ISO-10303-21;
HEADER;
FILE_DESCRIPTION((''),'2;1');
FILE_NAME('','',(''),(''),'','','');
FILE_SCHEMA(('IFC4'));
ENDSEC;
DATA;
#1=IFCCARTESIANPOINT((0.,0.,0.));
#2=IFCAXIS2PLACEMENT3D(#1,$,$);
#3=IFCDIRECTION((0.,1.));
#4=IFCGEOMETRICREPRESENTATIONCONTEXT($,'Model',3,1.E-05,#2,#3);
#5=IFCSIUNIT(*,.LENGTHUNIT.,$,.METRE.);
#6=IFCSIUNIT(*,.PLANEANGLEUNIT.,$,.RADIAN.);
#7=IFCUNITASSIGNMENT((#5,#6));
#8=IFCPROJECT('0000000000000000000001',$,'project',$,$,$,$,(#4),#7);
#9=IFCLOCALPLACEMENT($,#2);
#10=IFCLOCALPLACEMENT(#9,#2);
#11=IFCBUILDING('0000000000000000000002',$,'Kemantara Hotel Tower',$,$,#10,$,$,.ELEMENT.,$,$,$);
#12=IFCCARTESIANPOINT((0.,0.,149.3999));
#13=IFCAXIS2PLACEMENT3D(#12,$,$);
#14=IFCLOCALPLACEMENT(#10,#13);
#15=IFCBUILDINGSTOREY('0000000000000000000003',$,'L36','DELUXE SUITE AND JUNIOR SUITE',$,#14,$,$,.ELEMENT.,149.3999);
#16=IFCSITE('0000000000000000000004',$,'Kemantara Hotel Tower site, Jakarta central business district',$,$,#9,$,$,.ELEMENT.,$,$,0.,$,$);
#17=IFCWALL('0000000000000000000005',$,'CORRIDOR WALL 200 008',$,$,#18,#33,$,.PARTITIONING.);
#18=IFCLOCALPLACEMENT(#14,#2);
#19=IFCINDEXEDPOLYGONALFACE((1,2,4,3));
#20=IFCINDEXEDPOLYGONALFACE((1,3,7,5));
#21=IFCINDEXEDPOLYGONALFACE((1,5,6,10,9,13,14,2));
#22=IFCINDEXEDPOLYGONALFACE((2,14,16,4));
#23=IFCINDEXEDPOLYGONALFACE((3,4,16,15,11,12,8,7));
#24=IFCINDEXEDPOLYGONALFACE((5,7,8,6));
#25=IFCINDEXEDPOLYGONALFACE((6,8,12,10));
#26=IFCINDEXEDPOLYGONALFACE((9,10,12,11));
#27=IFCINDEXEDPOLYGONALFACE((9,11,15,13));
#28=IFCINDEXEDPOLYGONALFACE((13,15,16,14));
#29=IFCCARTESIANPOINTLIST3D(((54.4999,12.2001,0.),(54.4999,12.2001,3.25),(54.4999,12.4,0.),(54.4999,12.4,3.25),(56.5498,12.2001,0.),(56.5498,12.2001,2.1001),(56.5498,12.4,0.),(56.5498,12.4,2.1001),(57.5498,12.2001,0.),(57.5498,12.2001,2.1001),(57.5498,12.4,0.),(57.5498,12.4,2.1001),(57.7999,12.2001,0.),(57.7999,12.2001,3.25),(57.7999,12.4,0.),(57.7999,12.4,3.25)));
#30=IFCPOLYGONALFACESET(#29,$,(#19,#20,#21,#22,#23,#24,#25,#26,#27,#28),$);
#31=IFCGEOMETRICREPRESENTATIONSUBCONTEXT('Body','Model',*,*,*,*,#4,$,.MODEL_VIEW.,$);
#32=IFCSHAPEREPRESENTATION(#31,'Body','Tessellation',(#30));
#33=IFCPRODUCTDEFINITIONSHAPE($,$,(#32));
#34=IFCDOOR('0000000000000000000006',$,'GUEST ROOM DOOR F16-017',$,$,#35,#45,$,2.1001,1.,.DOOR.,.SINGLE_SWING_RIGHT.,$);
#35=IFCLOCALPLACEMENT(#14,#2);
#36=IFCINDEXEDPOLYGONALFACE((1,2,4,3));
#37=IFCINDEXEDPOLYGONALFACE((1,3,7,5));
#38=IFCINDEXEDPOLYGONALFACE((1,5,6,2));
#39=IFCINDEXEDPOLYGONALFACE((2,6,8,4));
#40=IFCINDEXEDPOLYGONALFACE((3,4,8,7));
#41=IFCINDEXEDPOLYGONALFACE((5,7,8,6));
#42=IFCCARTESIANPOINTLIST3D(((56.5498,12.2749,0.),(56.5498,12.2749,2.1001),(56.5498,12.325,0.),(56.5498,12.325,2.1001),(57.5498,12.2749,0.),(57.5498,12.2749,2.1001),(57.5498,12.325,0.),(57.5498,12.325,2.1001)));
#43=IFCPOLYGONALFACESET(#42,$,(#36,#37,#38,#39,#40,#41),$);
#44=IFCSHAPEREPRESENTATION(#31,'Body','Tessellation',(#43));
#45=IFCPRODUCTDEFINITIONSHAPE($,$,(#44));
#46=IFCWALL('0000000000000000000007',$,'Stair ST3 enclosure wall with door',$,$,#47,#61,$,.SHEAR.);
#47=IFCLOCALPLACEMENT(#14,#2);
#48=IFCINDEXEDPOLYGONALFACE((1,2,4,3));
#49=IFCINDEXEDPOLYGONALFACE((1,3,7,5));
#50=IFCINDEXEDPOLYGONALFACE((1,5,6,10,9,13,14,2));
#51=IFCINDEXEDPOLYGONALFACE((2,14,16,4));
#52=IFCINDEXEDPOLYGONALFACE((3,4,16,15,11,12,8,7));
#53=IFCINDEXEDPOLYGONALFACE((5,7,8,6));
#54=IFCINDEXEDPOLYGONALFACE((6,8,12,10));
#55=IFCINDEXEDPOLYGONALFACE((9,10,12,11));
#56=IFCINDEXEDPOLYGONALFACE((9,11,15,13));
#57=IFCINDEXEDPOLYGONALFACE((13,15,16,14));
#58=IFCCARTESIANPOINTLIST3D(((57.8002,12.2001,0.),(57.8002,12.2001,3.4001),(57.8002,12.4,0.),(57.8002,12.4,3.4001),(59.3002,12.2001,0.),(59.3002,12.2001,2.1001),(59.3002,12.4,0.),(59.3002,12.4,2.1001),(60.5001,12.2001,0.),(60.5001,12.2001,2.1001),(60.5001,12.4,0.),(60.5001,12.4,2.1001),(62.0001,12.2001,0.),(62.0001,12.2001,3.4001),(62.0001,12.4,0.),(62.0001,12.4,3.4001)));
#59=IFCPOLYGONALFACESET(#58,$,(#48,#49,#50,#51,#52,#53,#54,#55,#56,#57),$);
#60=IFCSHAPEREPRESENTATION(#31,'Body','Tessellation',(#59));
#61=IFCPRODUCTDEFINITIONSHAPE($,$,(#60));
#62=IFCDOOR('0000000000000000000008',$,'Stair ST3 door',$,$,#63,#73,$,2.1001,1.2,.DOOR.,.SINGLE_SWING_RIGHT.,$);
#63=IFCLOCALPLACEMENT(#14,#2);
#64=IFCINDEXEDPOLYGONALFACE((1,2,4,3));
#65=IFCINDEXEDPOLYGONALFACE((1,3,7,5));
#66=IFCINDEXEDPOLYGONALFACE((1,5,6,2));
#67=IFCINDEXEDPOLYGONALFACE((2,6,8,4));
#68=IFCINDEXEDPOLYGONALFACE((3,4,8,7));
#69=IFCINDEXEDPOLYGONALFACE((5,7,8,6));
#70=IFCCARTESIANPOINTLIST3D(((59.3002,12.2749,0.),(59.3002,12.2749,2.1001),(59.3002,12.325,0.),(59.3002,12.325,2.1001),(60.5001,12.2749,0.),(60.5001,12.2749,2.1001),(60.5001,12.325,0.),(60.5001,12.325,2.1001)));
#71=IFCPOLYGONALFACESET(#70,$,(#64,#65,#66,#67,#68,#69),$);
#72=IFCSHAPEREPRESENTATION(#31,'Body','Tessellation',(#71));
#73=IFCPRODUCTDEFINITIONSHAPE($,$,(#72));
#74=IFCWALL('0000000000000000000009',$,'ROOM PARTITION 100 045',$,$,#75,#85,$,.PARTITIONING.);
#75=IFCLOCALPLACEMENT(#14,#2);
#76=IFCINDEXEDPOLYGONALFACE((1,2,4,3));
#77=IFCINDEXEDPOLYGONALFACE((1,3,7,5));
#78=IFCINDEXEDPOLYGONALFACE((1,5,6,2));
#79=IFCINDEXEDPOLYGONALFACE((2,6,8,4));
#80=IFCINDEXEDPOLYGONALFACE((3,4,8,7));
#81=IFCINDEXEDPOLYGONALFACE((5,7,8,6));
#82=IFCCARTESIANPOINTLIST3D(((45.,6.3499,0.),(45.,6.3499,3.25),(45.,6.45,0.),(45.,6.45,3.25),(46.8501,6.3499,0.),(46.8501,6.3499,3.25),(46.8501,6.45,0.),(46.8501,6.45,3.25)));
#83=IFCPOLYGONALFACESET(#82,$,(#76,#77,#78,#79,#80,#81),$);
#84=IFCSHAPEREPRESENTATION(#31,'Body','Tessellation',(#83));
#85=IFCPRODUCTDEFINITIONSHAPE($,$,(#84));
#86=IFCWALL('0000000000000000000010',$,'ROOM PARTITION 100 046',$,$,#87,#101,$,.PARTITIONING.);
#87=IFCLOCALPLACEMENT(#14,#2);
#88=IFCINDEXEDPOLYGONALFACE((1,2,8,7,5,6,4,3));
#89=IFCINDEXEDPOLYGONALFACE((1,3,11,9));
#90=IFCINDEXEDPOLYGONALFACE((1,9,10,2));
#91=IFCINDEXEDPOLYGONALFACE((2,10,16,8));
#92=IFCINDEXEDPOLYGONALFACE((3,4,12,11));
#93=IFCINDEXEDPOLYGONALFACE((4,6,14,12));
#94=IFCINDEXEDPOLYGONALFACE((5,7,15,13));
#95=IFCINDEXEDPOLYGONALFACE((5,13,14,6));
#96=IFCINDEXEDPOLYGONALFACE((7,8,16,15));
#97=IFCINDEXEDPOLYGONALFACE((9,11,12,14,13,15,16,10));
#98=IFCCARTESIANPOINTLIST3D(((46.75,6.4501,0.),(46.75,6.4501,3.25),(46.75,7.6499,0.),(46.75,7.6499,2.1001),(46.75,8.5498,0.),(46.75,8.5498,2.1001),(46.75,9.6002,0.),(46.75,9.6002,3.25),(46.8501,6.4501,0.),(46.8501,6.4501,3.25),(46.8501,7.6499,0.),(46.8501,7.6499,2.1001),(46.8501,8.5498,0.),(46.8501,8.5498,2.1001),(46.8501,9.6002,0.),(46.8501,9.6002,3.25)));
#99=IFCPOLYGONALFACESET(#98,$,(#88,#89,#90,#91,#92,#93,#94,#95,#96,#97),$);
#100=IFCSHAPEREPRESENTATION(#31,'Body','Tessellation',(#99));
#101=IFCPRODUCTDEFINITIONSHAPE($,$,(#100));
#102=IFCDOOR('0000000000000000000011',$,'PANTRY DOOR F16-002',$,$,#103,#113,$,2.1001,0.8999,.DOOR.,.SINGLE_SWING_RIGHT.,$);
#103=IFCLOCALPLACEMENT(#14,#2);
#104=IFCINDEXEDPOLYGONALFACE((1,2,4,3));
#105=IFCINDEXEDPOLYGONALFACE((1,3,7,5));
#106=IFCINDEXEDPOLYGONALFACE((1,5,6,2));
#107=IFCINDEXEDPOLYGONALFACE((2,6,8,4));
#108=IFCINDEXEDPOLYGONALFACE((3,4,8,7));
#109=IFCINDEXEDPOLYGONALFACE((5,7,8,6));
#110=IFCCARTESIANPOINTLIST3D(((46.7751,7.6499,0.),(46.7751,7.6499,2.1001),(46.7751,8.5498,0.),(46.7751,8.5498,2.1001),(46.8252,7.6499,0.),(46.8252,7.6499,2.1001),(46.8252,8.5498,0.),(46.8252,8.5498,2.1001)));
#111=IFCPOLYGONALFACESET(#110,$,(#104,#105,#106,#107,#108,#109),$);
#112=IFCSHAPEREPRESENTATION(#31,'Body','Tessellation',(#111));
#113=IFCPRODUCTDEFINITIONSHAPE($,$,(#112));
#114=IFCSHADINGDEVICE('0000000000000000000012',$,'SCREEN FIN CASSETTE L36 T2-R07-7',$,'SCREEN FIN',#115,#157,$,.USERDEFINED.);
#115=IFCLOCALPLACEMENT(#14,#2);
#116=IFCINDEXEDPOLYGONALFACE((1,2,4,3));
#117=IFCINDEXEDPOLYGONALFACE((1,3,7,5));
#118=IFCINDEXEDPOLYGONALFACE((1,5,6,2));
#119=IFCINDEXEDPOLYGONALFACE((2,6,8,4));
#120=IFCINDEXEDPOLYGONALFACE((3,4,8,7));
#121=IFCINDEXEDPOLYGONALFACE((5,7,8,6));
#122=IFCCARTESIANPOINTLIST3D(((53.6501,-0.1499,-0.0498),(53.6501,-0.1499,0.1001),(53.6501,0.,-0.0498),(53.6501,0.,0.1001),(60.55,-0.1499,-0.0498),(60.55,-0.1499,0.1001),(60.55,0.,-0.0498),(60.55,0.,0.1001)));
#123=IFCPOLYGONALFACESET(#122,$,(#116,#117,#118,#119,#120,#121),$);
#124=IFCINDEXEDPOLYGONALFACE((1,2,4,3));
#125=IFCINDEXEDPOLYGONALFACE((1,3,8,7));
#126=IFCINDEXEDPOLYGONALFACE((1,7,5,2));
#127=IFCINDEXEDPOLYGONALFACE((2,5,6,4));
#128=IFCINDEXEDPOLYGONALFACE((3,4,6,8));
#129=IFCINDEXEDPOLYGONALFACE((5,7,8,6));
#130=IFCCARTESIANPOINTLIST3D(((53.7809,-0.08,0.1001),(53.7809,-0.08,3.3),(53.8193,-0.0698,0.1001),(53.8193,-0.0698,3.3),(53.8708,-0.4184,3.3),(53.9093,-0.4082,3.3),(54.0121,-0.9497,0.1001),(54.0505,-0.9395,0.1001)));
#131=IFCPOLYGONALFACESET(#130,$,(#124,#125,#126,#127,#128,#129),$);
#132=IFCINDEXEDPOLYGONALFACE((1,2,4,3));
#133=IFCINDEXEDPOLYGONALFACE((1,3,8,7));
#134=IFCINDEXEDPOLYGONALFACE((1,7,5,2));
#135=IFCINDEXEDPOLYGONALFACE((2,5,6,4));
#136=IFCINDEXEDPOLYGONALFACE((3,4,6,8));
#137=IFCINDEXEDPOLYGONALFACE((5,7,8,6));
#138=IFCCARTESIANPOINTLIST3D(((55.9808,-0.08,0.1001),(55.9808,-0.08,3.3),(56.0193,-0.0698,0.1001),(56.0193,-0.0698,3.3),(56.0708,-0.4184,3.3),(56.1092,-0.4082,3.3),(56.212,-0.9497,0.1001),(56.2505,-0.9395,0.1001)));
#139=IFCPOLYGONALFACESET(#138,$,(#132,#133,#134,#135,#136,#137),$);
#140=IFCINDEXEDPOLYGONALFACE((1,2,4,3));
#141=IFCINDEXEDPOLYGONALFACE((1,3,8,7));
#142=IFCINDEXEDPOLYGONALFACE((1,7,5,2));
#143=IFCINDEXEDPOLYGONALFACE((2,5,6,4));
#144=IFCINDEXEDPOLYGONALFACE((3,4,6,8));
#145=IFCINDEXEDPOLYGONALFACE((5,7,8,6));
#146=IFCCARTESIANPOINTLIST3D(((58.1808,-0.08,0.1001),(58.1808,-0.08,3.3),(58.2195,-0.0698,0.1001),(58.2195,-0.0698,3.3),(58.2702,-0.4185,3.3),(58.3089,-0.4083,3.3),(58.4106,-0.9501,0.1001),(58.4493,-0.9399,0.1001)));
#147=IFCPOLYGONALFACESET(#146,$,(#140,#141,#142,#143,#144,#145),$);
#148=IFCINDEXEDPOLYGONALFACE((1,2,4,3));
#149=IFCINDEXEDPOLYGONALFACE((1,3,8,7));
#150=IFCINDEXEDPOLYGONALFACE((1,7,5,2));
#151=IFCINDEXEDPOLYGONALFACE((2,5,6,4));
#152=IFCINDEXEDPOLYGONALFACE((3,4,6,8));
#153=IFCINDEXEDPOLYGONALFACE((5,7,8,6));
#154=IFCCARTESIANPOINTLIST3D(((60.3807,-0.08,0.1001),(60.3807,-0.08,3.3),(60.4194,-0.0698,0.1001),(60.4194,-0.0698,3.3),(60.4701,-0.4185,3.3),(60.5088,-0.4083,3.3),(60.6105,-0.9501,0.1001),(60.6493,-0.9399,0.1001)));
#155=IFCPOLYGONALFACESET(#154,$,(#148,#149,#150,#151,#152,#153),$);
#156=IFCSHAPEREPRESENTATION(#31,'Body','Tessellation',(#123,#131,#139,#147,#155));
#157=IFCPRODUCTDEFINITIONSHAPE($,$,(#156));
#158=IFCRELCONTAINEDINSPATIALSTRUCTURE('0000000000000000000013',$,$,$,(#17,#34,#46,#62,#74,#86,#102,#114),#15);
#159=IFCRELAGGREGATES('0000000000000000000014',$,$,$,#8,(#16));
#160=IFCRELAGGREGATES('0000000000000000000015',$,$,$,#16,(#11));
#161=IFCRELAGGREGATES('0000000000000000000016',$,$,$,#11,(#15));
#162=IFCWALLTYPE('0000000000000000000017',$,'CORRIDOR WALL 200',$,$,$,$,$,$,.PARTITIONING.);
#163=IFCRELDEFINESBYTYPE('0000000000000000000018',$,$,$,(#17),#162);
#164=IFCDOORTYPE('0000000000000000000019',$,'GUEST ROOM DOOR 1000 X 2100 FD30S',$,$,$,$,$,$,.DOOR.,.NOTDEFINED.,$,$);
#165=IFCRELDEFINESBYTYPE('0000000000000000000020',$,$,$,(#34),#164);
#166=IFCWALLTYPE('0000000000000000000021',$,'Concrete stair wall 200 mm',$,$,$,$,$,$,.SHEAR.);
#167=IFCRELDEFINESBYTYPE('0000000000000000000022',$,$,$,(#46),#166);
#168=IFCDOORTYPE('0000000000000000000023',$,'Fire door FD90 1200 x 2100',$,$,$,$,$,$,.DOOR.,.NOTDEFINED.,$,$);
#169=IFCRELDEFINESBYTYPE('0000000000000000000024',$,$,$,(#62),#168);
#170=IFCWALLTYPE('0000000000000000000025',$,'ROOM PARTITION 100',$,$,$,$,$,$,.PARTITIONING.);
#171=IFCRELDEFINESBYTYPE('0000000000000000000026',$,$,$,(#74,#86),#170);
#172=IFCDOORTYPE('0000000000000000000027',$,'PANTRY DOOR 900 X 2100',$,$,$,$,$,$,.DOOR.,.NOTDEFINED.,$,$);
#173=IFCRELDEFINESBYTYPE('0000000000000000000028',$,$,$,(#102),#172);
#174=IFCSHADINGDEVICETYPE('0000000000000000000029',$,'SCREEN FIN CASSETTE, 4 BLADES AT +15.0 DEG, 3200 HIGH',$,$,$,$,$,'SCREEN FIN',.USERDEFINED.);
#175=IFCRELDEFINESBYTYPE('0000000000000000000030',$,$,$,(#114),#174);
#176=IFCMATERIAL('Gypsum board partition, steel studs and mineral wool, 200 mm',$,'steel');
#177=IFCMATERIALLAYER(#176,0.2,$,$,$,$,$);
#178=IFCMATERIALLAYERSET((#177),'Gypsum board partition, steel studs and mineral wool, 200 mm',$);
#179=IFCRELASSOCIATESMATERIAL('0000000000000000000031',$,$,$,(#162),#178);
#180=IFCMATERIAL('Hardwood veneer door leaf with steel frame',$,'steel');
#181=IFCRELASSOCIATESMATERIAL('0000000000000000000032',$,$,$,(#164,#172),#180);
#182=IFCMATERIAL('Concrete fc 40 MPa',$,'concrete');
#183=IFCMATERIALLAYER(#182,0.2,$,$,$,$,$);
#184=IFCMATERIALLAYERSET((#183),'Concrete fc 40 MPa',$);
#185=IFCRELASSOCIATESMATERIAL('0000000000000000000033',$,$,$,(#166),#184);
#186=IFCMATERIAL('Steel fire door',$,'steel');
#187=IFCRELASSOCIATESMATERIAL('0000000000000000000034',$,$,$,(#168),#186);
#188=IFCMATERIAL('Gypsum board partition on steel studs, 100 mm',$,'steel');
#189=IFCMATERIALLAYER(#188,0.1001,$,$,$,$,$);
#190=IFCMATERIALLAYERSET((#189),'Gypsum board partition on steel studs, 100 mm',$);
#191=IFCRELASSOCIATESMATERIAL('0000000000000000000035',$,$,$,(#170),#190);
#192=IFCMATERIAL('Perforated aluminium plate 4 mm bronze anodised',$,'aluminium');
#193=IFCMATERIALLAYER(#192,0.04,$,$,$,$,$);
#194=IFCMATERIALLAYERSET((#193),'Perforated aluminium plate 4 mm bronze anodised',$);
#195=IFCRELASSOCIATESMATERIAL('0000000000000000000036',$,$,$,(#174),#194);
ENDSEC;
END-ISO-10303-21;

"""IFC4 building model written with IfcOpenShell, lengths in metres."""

from ifc_helpers import new_model, si_unit, direction, frame, frame_2d, origin, origin_2d, place, context, subcontext, project, spatial, polyline, rectangle, outline, extrude, source, transform, mapped, material, layer, layer_set, type_object, element, fill, save


model = new_model("IFC4")

# Units and contexts
model_context = context("Model", 3, precision=1e-05, world=origin(), true_north=direction((0.0, 1.0)))
body_context = subcontext(model_context, "Body", "Model", "MODEL_VIEW")
ifc_project = project(units=[si_unit("LENGTHUNIT", "METRE"), si_unit("PLANEANGLEUNIT", "RADIAN")], contexts=[model_context])

# Site, building, storey
site_placement = place(None, origin())
site = spatial("IfcSite", under=ifc_project, at=site_placement, Name="Kemantara Hotel Tower site, Jakarta central business district", CompositionType="ELEMENT", RefElevation=0.0)
building_placement = place(site_placement, origin())
building = spatial("IfcBuilding", under=site, at=building_placement, Name="Kemantara Hotel Tower", CompositionType="ELEMENT")
storey_placement = place(building_placement, frame((0.0, 0.0, 149.3999)))
storey = spatial("IfcBuildingStorey", under=building, at=storey_placement, Name="L36", Description="DELUXE SUITE AND JUNIOR SUITE", CompositionType="ELEMENT", Elevation=149.3999)

# Shared definitions
ifc_material_1 = material(Name="Gypsum board partition, steel studs and mineral wool, 200 mm", Category="steel")
ifc_layer_1 = layer(ifc_material_1, 0.2)
ifc_layer_set_1 = layer_set([ifc_layer_1], Name="Gypsum board partition, steel studs and mineral wool, 200 mm")
wall_type_1 = type_object("IfcWallType", Name="CORRIDOR WALL 200", PredefinedType="PARTITIONING", material=ifc_layer_set_1)

# Walls, openings, doors
wall_1_placement = place(storey_placement, frame((54.5, 12.3, 0.0), z_axis=(0.0, 0.0, 1.0), x_axis=(1.0, 0.0, 0.0)))
wall_1 = element("IfcWall", 1, at=wall_1_placement, inside=storey, type_object=wall_type_1, Name="CORRIDOR WALL 200 008", PredefinedType="PARTITIONING", context=body_context, shape_type="SweptSolid", body=[
    extrude(rectangle(XDim=3.3, YDim=0.2, at=frame_2d((1.6499, 0.0))), origin(), (0.0, 0.0, 1.0), 3.25),
])
opening_1_placement = place(wall_1_placement, frame((2.0498, 0.0, 0.0)))
opening_1 = element("IfcOpeningElement", 2, at=opening_1_placement, cuts=wall_1, PredefinedType="OPENING", context=body_context, shape_type="SweptSolid", body=[
    extrude(rectangle(XDim=1.0, YDim=2.1001, at=frame_2d((0.5, 1.05))), frame((0.0, 0.1099, 0.0), z_axis=(0.0, -1.0, 0.0), x_axis=(1.0, 0.0, 0.0)), (0.0, 0.0, 1.0), 0.22),
])
ifc_material_2 = material(Name="Hardwood veneer door leaf with steel frame", Category="steel")
door_type_1 = type_object("IfcDoorType", Name="GUEST ROOM DOOR 1000 X 2100 FD30S", OperationType="NOTDEFINED", PredefinedType="DOOR", material=ifc_material_2)
door_1_placement = place(opening_1_placement, origin())
door_1 = element("IfcDoor", 3, at=door_1_placement, inside=storey, type_object=door_type_1, Name="GUEST ROOM DOOR F16-017", OperationType="SINGLE_SWING_RIGHT", OverallHeight=2.1001, OverallWidth=1.0, PredefinedType="DOOR", context=body_context, shape_type="SweptSolid", body=[
    extrude(rectangle(XDim=1.0, YDim=2.1001, at=frame_2d((0.5, 1.05))), frame((0.0, 0.0249, 0.0), z_axis=(0.0, -1.0, 0.0), x_axis=(1.0, 0.0, 0.0)), (0.0, 0.0, 1.0), 0.05),
])
fill(opening_1, door_1)
ifc_material_3 = material(Name="Concrete fc 40 MPa", Category="concrete")
ifc_layer_2 = layer(ifc_material_3, 0.2)
ifc_layer_set_2 = layer_set([ifc_layer_2], Name="Concrete fc 40 MPa")
wall_type_2 = type_object("IfcWallType", Name="Concrete stair wall 200 mm", PredefinedType="SHEAR", material=ifc_layer_set_2)
wall_2_placement = place(storey_placement, frame((57.8, 12.3, 0.0), z_axis=(0.0, 0.0, 1.0), x_axis=(1.0, 0.0, 0.0)))
wall_2 = element("IfcWall", 4, at=wall_2_placement, inside=storey, type_object=wall_type_2, Name="Stair ST3 enclosure wall with door", PredefinedType="SHEAR", context=body_context, shape_type="SweptSolid", body=[
    extrude(rectangle(XDim=4.2, YDim=0.2, at=frame_2d((2.1001, 0.0))), origin(), (0.0, 0.0, 1.0), 3.4001),
])
opening_2_placement = place(wall_2_placement, frame((1.5, 0.0, 0.0)))
opening_2 = element("IfcOpeningElement", 5, at=opening_2_placement, cuts=wall_2, PredefinedType="OPENING", context=body_context, shape_type="SweptSolid", body=[
    extrude(rectangle(XDim=1.2, YDim=2.1001, at=frame_2d((0.6001, 1.05))), frame((0.0, 0.1099, 0.0), z_axis=(0.0, -1.0, 0.0), x_axis=(1.0, 0.0, 0.0)), (0.0, 0.0, 1.0), 0.22),
])
ifc_material_4 = material(Name="Steel fire door", Category="steel")
door_type_2 = type_object("IfcDoorType", Name="Fire door FD90 1200 x 2100", OperationType="NOTDEFINED", PredefinedType="DOOR", material=ifc_material_4)
door_2_placement = place(opening_2_placement, origin())
door_2 = element("IfcDoor", 6, at=door_2_placement, inside=storey, type_object=door_type_2, Name="Stair ST3 door", OperationType="SINGLE_SWING_RIGHT", OverallHeight=2.1001, OverallWidth=1.2, PredefinedType="DOOR", context=body_context, shape_type="SweptSolid", body=[
    extrude(rectangle(XDim=1.2, YDim=2.1001, at=frame_2d((0.6001, 1.05))), frame((0.0, 0.0249, 0.0), z_axis=(0.0, -1.0, 0.0), x_axis=(1.0, 0.0, 0.0)), (0.0, 0.0, 1.0), 0.05),
])
fill(opening_2, door_2)

# Wall
ifc_material_5 = material(Name="Gypsum board partition on steel studs, 100 mm", Category="steel")
ifc_layer_3 = layer(ifc_material_5, 0.1001)
ifc_layer_set_3 = layer_set([ifc_layer_3], Name="Gypsum board partition on steel studs, 100 mm")
wall_type_3 = type_object("IfcWallType", Name="ROOM PARTITION 100", PredefinedType="PARTITIONING", material=ifc_layer_set_3)
wall_3_placement = place(storey_placement, frame((45.0, 6.3999, 0.0), z_axis=(0.0, 0.0, 1.0), x_axis=(1.0, 0.0, 0.0)))
element("IfcWall", 7, at=wall_3_placement, inside=storey, type_object=wall_type_3, Name="ROOM PARTITION 100 045", PredefinedType="PARTITIONING", context=body_context, shape_type="SweptSolid", body=[
    extrude(rectangle(XDim=1.8501, YDim=0.1001, at=frame_2d((0.925, 0.0))), origin(), (0.0, 0.0, 1.0), 3.25),
])

# Wall, opening, door
wall_4_placement = place(storey_placement, frame((46.8, 6.45, 0.0), z_axis=(0.0, 0.0, 1.0), x_axis=(0.0, 1.0, 0.0)))
wall_4 = element("IfcWall", 8, at=wall_4_placement, inside=storey, type_object=wall_type_3, Name="ROOM PARTITION 100 046", PredefinedType="PARTITIONING", context=body_context, shape_type="SweptSolid", body=[
    extrude(rectangle(XDim=3.1501, YDim=0.1001, at=frame_2d((1.5752, 0.0))), origin(), (0.0, 0.0, 1.0), 3.25),
])
opening_3_placement = place(wall_4_placement, frame((1.2, 0.0, 0.0)))
opening_3 = element("IfcOpeningElement", 9, at=opening_3_placement, cuts=wall_4, PredefinedType="OPENING", context=body_context, shape_type="SweptSolid", body=[
    extrude(rectangle(XDim=0.8999, YDim=2.1001, at=frame_2d((0.45, 1.05))), frame((0.0, 0.0601, 0.0), z_axis=(0.0, -1.0, 0.0), x_axis=(1.0, 0.0, 0.0)), (0.0, 0.0, 1.0), 0.1201),
])
door_type_3 = type_object("IfcDoorType", Name="PANTRY DOOR 900 X 2100", OperationType="NOTDEFINED", PredefinedType="DOOR", material=ifc_material_2)
door_3_placement = place(opening_3_placement, origin())
door_3 = element("IfcDoor", 10, at=door_3_placement, inside=storey, type_object=door_type_3, Name="PANTRY DOOR F16-002", OperationType="SINGLE_SWING_RIGHT", OverallHeight=2.1001, OverallWidth=0.8999, PredefinedType="DOOR", context=body_context, shape_type="SweptSolid", body=[
    extrude(rectangle(XDim=0.8999, YDim=2.1001, at=frame_2d((0.45, 1.05))), frame((0.0, 0.0249, 0.0), z_axis=(0.0, -1.0, 0.0), x_axis=(1.0, 0.0, 0.0)), (0.0, 0.0, 1.0), 0.05),
])
fill(opening_3, door_3)

# Shading device
ifc_material_6 = material(Name="Perforated aluminium plate 4 mm bronze anodised", Category="aluminium")
ifc_layer_4 = layer(ifc_material_6, 0.04)
ifc_layer_set_4 = layer_set([ifc_layer_4], Name="Perforated aluminium plate 4 mm bronze anodised")
shading_device_type = type_object("IfcShadingDeviceType", Name="SCREEN FIN CASSETTE, 4 BLADES AT +15.0 DEG, 3200 HIGH", ElementType="SCREEN FIN", PredefinedType="USERDEFINED", material=ifc_layer_set_4)
shared_shape = source(origin(), body_context, "Body", "SweptSolid", [
    extrude(rectangle(XDim=6.8999, YDim=0.1499, at=origin_2d()), frame((3.3, -0.075, -0.1499), z_axis=(0.0, 0.0, 1.0), x_axis=(1.0, 0.0, 0.0)), (0.0, 0.0, 1.0), 0.1499),
    extrude(outline(polyline([(0.0, 0.0), (0.8999, 0.0), (0.3501, 3.2), (0.0, 3.2), (0.0, 0.0)])), frame((0.0193, -0.0698, 0.0), z_axis=(-0.966438, -0.256901, 0.0), x_axis=(0.256901, -0.966438, 0.0)), (0.0, 0.0, 1.0), 0.0398),
    extrude(outline(polyline([(0.0, 0.0), (0.8999, 0.0), (0.3501, 3.2), (0.0, 3.2), (0.0, 0.0)])), frame((2.2192, -0.0698, 0.0), z_axis=(-0.966438, -0.256901, 0.0), x_axis=(0.256901, -0.966438, 0.0)), (0.0, 0.0, 1.0), 0.0398),
    extrude(outline(polyline([(0.0, 0.0), (0.8999, 0.0), (0.3501, 3.2), (0.0, 3.2), (0.0, 0.0)])), frame((4.4194, -0.0698, 0.0), z_axis=(-0.966838, -0.255391, 0.0), x_axis=(0.255391, -0.966838, 0.0)), (0.0, 0.0, 1.0), 0.04),
    extrude(outline(polyline([(0.0, 0.0), (0.8999, 0.0), (0.3501, 3.2), (0.0, 3.2), (0.0, 0.0)])), frame((6.6194, -0.0698, 0.0), z_axis=(-0.966838, -0.255391, 0.0), x_axis=(0.255391, -0.966838, 0.0)), (0.0, 0.0, 1.0), 0.04),
])
shading_device_placement = place(storey_placement, frame((53.8, 0.0, 0.1001), z_axis=(0.0, 0.0, 1.0), x_axis=(1.0, 0.0, 0.0)))
element("IfcShadingDevice", 11, at=shading_device_placement, inside=storey, type_object=shading_device_type, Name="SCREEN FIN CASSETTE L36 T2-R07-7", ObjectType="SCREEN FIN", PredefinedType="USERDEFINED", context=body_context, shape_type="MappedRepresentation", body=[
    mapped(shared_shape, transform((0.0, 0.0, 0.0))),
])

save(model, "model.ifc")
